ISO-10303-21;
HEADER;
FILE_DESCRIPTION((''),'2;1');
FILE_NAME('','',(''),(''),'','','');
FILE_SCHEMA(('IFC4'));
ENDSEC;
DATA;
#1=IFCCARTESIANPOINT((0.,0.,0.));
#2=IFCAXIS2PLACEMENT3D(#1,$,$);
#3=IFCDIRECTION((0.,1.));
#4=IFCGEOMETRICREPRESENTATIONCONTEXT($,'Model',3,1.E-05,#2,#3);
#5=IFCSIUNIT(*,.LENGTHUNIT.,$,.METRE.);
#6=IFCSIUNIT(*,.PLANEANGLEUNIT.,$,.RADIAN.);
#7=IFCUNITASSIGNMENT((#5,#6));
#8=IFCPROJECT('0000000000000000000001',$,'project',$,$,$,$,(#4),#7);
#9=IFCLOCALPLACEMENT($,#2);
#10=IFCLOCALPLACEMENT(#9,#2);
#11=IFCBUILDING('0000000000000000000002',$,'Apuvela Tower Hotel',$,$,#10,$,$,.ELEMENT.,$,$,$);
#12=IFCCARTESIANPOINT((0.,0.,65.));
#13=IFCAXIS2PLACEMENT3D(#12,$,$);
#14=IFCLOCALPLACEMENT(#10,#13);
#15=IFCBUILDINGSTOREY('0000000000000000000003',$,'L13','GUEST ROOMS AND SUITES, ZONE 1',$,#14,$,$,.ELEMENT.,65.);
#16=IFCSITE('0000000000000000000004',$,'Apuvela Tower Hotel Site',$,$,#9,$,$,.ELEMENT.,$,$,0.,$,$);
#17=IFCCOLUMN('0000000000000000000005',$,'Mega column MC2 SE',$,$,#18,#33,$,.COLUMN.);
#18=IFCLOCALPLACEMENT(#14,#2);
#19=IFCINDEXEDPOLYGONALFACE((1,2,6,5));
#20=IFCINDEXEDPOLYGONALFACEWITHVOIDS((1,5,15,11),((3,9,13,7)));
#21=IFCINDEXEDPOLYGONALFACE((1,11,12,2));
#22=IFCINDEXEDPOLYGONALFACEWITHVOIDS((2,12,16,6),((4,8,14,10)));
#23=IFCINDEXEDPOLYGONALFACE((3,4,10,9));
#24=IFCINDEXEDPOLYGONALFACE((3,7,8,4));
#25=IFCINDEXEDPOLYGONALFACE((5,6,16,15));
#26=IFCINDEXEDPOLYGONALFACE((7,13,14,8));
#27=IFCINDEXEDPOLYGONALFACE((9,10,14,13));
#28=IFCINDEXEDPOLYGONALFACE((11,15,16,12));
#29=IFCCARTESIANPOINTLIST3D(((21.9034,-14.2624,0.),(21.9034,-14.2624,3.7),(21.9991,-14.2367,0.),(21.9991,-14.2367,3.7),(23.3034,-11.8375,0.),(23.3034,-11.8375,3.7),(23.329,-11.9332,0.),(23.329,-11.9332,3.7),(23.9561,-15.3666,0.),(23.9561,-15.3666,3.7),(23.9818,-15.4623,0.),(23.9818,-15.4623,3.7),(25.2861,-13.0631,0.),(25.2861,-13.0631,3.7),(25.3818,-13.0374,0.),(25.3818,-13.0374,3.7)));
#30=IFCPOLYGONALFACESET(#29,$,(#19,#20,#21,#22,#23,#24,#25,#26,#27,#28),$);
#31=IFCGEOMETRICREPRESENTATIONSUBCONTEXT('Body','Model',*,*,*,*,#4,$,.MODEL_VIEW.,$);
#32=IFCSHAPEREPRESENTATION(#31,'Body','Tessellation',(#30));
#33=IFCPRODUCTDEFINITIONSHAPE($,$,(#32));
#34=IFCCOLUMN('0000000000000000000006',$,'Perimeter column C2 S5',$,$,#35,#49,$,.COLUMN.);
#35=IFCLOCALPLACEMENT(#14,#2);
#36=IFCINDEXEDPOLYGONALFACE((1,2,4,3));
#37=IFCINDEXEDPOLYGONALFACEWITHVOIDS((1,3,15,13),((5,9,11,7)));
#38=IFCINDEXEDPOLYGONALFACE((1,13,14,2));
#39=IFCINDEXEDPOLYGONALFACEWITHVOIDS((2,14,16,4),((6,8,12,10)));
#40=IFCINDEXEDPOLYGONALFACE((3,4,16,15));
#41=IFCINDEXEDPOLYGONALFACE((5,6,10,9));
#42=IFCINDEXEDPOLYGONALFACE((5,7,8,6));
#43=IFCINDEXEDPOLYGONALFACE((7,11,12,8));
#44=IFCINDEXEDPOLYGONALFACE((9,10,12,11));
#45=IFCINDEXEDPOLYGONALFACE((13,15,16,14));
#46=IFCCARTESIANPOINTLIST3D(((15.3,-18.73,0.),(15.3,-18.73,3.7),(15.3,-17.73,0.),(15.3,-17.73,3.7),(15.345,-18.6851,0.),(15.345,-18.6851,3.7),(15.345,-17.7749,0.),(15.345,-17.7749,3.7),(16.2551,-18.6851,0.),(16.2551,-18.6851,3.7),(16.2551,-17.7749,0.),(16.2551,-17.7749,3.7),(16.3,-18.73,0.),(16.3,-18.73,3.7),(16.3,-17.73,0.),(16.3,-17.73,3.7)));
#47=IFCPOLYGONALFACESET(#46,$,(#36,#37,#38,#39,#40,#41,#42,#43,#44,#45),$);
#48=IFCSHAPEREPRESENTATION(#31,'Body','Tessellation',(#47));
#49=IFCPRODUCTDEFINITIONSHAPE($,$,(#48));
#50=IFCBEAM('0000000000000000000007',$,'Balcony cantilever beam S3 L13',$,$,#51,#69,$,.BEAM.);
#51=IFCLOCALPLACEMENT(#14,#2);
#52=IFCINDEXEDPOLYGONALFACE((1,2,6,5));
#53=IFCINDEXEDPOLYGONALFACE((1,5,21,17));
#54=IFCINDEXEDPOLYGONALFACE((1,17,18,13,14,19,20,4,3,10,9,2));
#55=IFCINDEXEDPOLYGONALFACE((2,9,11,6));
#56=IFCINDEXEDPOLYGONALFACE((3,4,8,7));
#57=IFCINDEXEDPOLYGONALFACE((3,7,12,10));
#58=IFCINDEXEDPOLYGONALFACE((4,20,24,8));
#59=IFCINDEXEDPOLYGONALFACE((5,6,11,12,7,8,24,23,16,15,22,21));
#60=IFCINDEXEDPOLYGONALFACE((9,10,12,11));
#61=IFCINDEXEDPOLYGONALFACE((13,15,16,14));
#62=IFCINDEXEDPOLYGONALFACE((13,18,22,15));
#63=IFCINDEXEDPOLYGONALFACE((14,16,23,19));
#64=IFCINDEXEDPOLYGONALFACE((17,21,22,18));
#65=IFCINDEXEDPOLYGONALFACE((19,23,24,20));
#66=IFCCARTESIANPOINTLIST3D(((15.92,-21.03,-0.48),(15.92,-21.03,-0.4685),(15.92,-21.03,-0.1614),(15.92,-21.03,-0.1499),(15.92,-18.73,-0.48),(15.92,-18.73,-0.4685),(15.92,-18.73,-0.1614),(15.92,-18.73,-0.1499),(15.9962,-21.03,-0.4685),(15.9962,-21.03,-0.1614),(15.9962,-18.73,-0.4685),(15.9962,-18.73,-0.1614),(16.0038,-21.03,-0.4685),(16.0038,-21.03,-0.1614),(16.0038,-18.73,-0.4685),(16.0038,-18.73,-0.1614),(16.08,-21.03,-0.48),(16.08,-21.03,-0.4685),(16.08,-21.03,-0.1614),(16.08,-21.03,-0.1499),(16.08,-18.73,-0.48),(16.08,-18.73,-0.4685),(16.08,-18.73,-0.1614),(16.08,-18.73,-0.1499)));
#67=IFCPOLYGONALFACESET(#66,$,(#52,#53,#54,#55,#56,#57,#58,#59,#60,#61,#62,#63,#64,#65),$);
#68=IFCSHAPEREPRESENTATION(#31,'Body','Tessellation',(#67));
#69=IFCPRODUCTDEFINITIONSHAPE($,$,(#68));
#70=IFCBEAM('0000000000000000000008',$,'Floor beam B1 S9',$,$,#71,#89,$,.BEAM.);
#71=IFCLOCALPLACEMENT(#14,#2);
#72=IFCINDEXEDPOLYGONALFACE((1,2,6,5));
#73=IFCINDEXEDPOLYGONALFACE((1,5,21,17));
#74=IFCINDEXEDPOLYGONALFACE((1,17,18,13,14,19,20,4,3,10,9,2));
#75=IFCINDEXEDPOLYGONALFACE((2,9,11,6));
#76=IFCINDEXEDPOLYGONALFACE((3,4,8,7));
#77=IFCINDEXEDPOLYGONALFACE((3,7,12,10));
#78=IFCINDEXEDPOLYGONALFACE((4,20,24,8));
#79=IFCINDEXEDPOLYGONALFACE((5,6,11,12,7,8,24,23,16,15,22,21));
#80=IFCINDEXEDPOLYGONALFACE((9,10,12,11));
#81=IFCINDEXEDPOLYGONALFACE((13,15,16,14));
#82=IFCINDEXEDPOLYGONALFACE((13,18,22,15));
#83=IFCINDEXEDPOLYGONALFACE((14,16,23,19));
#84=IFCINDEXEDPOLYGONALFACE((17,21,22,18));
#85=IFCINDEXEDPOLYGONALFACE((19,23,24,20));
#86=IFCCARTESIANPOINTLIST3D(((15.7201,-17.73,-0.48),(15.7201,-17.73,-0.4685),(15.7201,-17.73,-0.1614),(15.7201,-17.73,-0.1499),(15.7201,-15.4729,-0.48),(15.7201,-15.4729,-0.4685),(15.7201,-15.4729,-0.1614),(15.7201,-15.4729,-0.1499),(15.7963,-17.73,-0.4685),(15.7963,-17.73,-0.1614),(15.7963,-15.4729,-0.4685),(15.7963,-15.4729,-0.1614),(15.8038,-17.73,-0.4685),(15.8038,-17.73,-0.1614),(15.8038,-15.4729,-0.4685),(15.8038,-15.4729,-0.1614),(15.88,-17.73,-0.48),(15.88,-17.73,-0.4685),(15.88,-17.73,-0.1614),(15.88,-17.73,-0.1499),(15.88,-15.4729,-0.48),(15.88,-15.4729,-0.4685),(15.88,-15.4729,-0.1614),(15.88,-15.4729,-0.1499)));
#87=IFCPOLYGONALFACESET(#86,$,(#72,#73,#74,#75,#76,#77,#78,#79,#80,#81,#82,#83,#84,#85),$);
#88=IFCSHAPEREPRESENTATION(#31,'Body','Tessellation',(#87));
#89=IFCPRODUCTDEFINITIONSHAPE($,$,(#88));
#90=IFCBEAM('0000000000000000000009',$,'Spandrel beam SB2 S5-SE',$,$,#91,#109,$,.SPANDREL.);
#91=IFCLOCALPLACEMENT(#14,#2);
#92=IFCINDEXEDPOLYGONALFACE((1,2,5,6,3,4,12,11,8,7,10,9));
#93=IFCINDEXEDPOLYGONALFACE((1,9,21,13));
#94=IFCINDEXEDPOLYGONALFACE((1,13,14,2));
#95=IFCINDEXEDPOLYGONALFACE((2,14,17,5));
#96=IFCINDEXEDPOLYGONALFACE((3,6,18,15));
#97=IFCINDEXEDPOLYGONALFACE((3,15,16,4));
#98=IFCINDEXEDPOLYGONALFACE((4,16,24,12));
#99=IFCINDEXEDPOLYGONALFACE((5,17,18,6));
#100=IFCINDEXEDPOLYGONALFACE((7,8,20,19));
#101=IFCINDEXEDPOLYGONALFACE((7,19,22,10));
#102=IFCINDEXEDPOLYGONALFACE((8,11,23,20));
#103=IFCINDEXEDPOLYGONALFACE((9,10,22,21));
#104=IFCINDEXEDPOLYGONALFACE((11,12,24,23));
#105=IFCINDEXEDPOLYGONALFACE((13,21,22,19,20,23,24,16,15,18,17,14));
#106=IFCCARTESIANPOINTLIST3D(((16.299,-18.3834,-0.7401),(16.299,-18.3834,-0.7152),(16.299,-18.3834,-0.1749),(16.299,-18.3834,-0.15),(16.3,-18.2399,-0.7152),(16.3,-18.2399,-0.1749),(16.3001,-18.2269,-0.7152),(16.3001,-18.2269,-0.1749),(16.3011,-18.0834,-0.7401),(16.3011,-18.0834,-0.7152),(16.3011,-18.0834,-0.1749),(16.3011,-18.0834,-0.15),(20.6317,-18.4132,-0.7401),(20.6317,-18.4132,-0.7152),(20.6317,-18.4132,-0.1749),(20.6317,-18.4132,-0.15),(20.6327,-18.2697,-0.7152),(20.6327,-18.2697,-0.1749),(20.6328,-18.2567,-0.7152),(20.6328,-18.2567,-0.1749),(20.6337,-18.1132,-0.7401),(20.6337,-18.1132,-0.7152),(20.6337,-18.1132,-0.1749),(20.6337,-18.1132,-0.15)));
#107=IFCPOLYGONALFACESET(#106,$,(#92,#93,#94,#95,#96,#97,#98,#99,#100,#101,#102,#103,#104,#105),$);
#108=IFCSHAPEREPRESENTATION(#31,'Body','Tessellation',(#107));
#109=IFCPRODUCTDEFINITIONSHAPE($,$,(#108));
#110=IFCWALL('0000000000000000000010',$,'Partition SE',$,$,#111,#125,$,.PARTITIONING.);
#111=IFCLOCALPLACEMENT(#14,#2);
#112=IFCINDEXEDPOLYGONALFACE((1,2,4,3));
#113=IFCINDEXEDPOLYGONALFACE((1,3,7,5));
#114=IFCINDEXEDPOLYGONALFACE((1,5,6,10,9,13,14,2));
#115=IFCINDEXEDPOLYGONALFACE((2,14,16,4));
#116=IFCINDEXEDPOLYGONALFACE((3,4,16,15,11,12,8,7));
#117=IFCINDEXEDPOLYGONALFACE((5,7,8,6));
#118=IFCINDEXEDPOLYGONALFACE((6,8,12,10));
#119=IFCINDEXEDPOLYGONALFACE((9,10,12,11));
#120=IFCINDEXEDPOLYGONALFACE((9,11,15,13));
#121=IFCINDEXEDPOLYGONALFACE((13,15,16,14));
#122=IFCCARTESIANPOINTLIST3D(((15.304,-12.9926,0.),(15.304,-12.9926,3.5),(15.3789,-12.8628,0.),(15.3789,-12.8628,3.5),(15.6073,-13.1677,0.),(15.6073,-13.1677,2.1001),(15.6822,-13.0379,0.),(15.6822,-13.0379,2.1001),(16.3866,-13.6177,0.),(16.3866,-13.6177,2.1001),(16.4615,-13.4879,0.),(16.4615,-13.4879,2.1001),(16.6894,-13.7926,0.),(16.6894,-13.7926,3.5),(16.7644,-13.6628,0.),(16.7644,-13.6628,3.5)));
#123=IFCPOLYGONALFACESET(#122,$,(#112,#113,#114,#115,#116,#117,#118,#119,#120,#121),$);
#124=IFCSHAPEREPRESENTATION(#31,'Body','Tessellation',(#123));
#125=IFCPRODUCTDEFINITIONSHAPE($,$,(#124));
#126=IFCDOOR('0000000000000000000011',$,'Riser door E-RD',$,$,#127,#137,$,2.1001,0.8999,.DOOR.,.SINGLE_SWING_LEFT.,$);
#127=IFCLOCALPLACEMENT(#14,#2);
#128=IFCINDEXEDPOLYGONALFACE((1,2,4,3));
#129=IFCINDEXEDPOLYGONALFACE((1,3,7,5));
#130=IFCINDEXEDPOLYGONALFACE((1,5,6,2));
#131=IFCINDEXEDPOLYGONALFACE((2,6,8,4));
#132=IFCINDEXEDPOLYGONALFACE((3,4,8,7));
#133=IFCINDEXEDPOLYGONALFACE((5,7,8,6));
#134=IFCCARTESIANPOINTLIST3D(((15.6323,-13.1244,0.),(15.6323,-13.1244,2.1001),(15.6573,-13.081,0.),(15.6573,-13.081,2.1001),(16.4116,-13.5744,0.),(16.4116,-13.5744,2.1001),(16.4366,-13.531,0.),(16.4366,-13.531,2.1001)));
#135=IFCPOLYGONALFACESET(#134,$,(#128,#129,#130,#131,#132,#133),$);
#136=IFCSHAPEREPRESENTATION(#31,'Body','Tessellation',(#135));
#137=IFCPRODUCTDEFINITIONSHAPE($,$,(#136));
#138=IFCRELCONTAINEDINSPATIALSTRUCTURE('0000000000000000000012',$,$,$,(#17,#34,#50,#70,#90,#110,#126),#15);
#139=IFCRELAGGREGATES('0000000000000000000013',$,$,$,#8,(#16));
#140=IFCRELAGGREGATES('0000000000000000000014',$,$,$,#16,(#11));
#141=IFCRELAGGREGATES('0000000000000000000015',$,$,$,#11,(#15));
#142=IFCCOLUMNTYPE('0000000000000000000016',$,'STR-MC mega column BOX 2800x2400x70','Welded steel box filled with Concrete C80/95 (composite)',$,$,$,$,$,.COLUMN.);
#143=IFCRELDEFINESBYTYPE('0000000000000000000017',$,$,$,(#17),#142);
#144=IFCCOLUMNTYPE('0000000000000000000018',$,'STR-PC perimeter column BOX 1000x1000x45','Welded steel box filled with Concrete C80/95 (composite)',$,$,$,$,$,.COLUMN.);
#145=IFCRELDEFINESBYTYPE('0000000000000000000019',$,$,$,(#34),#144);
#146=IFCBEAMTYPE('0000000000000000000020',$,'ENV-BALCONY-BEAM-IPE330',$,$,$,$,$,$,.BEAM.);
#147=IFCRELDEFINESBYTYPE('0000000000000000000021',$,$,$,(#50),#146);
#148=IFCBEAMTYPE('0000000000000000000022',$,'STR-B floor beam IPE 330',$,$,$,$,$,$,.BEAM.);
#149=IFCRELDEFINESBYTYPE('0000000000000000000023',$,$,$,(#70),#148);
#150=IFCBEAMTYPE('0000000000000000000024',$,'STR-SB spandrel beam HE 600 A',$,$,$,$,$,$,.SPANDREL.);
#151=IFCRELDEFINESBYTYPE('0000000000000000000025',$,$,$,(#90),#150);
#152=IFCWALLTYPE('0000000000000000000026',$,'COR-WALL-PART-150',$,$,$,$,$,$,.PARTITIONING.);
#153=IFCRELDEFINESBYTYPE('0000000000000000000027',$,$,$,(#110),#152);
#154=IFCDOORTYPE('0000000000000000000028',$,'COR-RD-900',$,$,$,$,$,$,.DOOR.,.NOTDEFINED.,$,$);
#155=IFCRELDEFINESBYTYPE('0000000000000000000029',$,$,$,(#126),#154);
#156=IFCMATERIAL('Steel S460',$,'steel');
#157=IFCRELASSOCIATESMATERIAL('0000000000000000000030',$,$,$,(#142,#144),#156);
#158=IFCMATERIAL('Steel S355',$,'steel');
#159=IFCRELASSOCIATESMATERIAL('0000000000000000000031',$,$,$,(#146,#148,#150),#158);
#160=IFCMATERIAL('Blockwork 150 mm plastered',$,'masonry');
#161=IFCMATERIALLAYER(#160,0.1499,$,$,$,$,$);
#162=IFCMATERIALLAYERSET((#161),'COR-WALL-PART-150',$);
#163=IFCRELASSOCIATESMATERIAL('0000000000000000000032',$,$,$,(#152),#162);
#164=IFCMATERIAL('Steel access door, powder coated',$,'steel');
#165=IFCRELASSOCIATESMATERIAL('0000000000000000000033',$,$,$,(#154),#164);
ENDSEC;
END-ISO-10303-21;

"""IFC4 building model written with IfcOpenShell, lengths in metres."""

from ifc_helpers import new_model, si_unit, direction, frame, frame_2d, origin, origin_2d, place, context, subcontext, project, spatial, rectangle, hollow_rectangle, i_section, extrude, material, layer, layer_set, material_profile, profile_set, type_object, element, fill, save


model = new_model("IFC4")

# Units and contexts
model_context = context("Model", 3, precision=1e-05, world=origin(), true_north=direction((0.0, 1.0)))
body_context = subcontext(model_context, "Body", "Model", "MODEL_VIEW")
ifc_project = project(units=[si_unit("LENGTHUNIT", "METRE"), si_unit("PLANEANGLEUNIT", "RADIAN")], contexts=[model_context])

# Site, building, storey
site_placement = place(None, origin())
site = spatial("IfcSite", under=ifc_project, at=site_placement, Name="Apuvela Tower Hotel Site", CompositionType="ELEMENT", RefElevation=0.0)
building_placement = place(site_placement, origin())
building = spatial("IfcBuilding", under=site, at=building_placement, Name="Apuvela Tower Hotel", CompositionType="ELEMENT")
storey_placement = place(building_placement, frame((0.0, 0.0, 65.0)))
storey = spatial("IfcBuildingStorey", under=building, at=storey_placement, Name="L13", Description="GUEST ROOMS AND SUITES, ZONE 1", CompositionType="ELEMENT", Elevation=65.0)

# Columns
ifc_material_1 = material(Name="Steel S460", Category="steel")
ifc_material_profile_1 = material_profile(ifc_material_1, hollow_rectangle(XDim=2.8, YDim=2.3999, WallThickness=0.0701, at=origin_2d()), Name="BOX 2800x2400x70")
ifc_material_2 = material(Name="Concrete C80/95", Category="concrete")
ifc_material_profile_2 = material_profile(ifc_material_2, rectangle(XDim=2.6599, YDim=2.26, at=origin_2d()), Name="Concrete C80/95 infill")
ifc_profile_set_1 = profile_set([ifc_material_profile_1, ifc_material_profile_2], Name="Steel S460")
column_type_1 = type_object("IfcColumnType", Name="STR-MC mega column BOX 2800x2400x70", Description="Welded steel box filled with Concrete C80/95 (composite)", PredefinedType="COLUMN", material=ifc_profile_set_1)
column_1_placement = place(storey_placement, frame((23.6426, -13.6499, 0.0), z_axis=(0.0, 0.0, 1.0), x_axis=(0.5, 0.866025, 0.0)))
element("IfcColumn", 1, at=column_1_placement, inside=storey, type_object=column_type_1, Name="Mega column MC2 SE", PredefinedType="COLUMN", context=body_context, shape_type="SweptSolid", body=[
    extrude(hollow_rectangle(XDim=2.8, YDim=2.3999, WallThickness=0.0701, at=origin_2d()), origin(), (0.0, 0.0, 1.0), 3.7),
])
ifc_material_profile_3 = material_profile(ifc_material_1, hollow_rectangle(XDim=1.0, YDim=1.0, WallThickness=0.0449, at=origin_2d()), Name="BOX 1000x1000x45")
ifc_material_profile_4 = material_profile(ifc_material_2, rectangle(XDim=0.9099, YDim=0.9099, at=origin_2d()), Name="Concrete C80/95 infill")
ifc_profile_set_2 = profile_set([ifc_material_profile_3, ifc_material_profile_4], Name="Steel S460")
column_type_2 = type_object("IfcColumnType", Name="STR-PC perimeter column BOX 1000x1000x45", Description="Welded steel box filled with Concrete C80/95 (composite)", PredefinedType="COLUMN", material=ifc_profile_set_2)
column_2_placement = place(storey_placement, frame((15.8, -18.23, 0.0), z_axis=(0.0, 0.0, 1.0), x_axis=(-1.0, 0.0, 0.0)))
element("IfcColumn", 2, at=column_2_placement, inside=storey, type_object=column_type_2, Name="Perimeter column C2 S5", PredefinedType="COLUMN", context=body_context, shape_type="SweptSolid", body=[
    extrude(hollow_rectangle(XDim=1.0, YDim=1.0, WallThickness=0.0449, at=origin_2d()), origin(), (0.0, 0.0, 1.0), 3.7),
])

# Beams
ifc_material_3 = material(Name="Steel S355", Category="steel")
ifc_material_profile_5 = material_profile(ifc_material_3, i_section(OverallWidth=0.1599, OverallDepth=0.3301, WebThickness=0.0076, FlangeThickness=0.0115, at=origin_2d()), Name="IPE 330")
ifc_profile_set_3 = profile_set([ifc_material_profile_5], Name="Steel S355")
beam_type_1 = type_object("IfcBeamType", Name="ENV-BALCONY-BEAM-IPE330", PredefinedType="BEAM", material=ifc_profile_set_3)
beam_1_placement = place(storey_placement, frame((16.0, -18.73, -0.3149), z_axis=(0.0, -1.0, 0.0), x_axis=(1.0, 0.0, 0.0)))
element("IfcBeam", 3, at=beam_1_placement, inside=storey, type_object=beam_type_1, Name="Balcony cantilever beam S3 L13", PredefinedType="BEAM", context=body_context, shape_type="SweptSolid", body=[
    extrude(i_section(OverallWidth=0.1599, OverallDepth=0.3301, WebThickness=0.0076, FlangeThickness=0.0115, at=origin_2d()), origin(), (0.0, 0.0, 1.0), 2.3),
])
ifc_material_profile_6 = material_profile(ifc_material_3, i_section(OverallWidth=0.1599, OverallDepth=0.3301, WebThickness=0.0076, FlangeThickness=0.0115, at=origin_2d()), Name="IPE 330")
ifc_profile_set_4 = profile_set([ifc_material_profile_6], Name="Steel S355")
beam_type_2 = type_object("IfcBeamType", Name="STR-B floor beam IPE 330", PredefinedType="BEAM", material=ifc_profile_set_4)
beam_2_placement = place(storey_placement, frame((15.8, -17.73, -0.3149), z_axis=(0.0, 1.0, 0.0), x_axis=(-1.0, 0.0, 0.0)))
element("IfcBeam", 4, at=beam_2_placement, inside=storey, type_object=beam_type_2, Name="Floor beam B1 S9", PredefinedType="BEAM", context=body_context, shape_type="SweptSolid", body=[
    extrude(i_section(OverallWidth=0.1599, OverallDepth=0.3301, WebThickness=0.0076, FlangeThickness=0.0115, at=origin_2d()), origin(), (0.0, 0.0, 1.0), 2.2571),
])
ifc_material_profile_7 = material_profile(ifc_material_3, i_section(OverallWidth=0.3, OverallDepth=0.5901, WebThickness=0.0129, FlangeThickness=0.0249, at=origin_2d()), Name="HE 600 A")
ifc_profile_set_5 = profile_set([ifc_material_profile_7], Name="Steel S355")
beam_type_3 = type_object("IfcBeamType", Name="STR-SB spandrel beam HE 600 A", PredefinedType="SPANDREL", material=ifc_profile_set_5)
beam_3_placement = place(storey_placement, frame((16.3, -18.2334, -0.4451), z_axis=(0.999976, -0.006874, 0.0), x_axis=(0.006874, 0.999976, 0.0)))
element("IfcBeam", 5, at=beam_3_placement, inside=storey, type_object=beam_type_3, Name="Spandrel beam SB2 S5-SE", PredefinedType="SPANDREL", context=body_context, shape_type="SweptSolid", body=[
    extrude(i_section(OverallWidth=0.3, OverallDepth=0.5901, WebThickness=0.0129, FlangeThickness=0.0249, at=origin_2d()), origin(), (0.0, 0.0, 1.0), 4.3328),
])

# Wall, opening, door
ifc_material_4 = material(Name="Blockwork 150 mm plastered", Category="masonry")
ifc_layer_1 = layer(ifc_material_4, 0.1499)
ifc_layer_set_1 = layer_set([ifc_layer_1], Name="COR-WALL-PART-150")
wall_type_1 = type_object("IfcWallType", Name="COR-WALL-PART-150", PredefinedType="PARTITIONING", material=ifc_layer_set_1)
wall_1_placement = place(storey_placement, frame((15.3416, -12.9277, 0.0), z_axis=(0.0, 0.0, 1.0), x_axis=(0.86599, -0.500061, 0.0)))
wall_1 = element("IfcWall", 6, at=wall_1_placement, inside=storey, type_object=wall_type_1, Name="Partition SE", PredefinedType="PARTITIONING", context=body_context, shape_type="SweptSolid", body=[
    extrude(rectangle(XDim=1.5999, YDim=0.1499, at=frame_2d((0.7998, 0.0))), origin(), (0.0, 0.0, 1.0), 3.5),
])
opening_1_placement = place(wall_1_placement, frame((0.3501, 0.0, 0.0)))
opening_1 = element("IfcOpeningElement", 7, at=opening_1_placement, cuts=wall_1, PredefinedType="OPENING", context=body_context, shape_type="SweptSolid", body=[
    extrude(rectangle(XDim=0.8999, YDim=2.1001, at=frame_2d((0.45, 1.05))), frame((0.0, 0.085, 0.0), z_axis=(0.0, -1.0, 0.0), x_axis=(1.0, 0.0, 0.0)), (0.0, 0.0, 1.0), 0.1699),
])
ifc_material_5 = material(Name="Steel access door, powder coated", Category="steel")
door_type_1 = type_object("IfcDoorType", Name="COR-RD-900", OperationType="NOTDEFINED", PredefinedType="DOOR", material=ifc_material_5)
door_1_placement = place(opening_1_placement, frame((0.8999, 0.0, 0.0), z_axis=(0.0, 0.0, 1.0), x_axis=(-1.0, 0.0, 0.0)))
door_1 = element("IfcDoor", 8, at=door_1_placement, inside=storey, type_object=door_type_1, Name="Riser door E-RD", OperationType="SINGLE_SWING_LEFT", OverallHeight=2.1001, OverallWidth=0.8999, PredefinedType="DOOR", context=body_context, shape_type="SweptSolid", body=[
    extrude(rectangle(XDim=0.8999, YDim=2.1001, at=frame_2d((0.45, 1.05))), frame((0.0, 0.0249, 0.0), z_axis=(0.0, -1.0, 0.0), x_axis=(1.0, 0.0, 0.0)), (0.0, 0.0, 1.0), 0.05),
])
fill(opening_1, door_1)

save(model, "model.ifc")
